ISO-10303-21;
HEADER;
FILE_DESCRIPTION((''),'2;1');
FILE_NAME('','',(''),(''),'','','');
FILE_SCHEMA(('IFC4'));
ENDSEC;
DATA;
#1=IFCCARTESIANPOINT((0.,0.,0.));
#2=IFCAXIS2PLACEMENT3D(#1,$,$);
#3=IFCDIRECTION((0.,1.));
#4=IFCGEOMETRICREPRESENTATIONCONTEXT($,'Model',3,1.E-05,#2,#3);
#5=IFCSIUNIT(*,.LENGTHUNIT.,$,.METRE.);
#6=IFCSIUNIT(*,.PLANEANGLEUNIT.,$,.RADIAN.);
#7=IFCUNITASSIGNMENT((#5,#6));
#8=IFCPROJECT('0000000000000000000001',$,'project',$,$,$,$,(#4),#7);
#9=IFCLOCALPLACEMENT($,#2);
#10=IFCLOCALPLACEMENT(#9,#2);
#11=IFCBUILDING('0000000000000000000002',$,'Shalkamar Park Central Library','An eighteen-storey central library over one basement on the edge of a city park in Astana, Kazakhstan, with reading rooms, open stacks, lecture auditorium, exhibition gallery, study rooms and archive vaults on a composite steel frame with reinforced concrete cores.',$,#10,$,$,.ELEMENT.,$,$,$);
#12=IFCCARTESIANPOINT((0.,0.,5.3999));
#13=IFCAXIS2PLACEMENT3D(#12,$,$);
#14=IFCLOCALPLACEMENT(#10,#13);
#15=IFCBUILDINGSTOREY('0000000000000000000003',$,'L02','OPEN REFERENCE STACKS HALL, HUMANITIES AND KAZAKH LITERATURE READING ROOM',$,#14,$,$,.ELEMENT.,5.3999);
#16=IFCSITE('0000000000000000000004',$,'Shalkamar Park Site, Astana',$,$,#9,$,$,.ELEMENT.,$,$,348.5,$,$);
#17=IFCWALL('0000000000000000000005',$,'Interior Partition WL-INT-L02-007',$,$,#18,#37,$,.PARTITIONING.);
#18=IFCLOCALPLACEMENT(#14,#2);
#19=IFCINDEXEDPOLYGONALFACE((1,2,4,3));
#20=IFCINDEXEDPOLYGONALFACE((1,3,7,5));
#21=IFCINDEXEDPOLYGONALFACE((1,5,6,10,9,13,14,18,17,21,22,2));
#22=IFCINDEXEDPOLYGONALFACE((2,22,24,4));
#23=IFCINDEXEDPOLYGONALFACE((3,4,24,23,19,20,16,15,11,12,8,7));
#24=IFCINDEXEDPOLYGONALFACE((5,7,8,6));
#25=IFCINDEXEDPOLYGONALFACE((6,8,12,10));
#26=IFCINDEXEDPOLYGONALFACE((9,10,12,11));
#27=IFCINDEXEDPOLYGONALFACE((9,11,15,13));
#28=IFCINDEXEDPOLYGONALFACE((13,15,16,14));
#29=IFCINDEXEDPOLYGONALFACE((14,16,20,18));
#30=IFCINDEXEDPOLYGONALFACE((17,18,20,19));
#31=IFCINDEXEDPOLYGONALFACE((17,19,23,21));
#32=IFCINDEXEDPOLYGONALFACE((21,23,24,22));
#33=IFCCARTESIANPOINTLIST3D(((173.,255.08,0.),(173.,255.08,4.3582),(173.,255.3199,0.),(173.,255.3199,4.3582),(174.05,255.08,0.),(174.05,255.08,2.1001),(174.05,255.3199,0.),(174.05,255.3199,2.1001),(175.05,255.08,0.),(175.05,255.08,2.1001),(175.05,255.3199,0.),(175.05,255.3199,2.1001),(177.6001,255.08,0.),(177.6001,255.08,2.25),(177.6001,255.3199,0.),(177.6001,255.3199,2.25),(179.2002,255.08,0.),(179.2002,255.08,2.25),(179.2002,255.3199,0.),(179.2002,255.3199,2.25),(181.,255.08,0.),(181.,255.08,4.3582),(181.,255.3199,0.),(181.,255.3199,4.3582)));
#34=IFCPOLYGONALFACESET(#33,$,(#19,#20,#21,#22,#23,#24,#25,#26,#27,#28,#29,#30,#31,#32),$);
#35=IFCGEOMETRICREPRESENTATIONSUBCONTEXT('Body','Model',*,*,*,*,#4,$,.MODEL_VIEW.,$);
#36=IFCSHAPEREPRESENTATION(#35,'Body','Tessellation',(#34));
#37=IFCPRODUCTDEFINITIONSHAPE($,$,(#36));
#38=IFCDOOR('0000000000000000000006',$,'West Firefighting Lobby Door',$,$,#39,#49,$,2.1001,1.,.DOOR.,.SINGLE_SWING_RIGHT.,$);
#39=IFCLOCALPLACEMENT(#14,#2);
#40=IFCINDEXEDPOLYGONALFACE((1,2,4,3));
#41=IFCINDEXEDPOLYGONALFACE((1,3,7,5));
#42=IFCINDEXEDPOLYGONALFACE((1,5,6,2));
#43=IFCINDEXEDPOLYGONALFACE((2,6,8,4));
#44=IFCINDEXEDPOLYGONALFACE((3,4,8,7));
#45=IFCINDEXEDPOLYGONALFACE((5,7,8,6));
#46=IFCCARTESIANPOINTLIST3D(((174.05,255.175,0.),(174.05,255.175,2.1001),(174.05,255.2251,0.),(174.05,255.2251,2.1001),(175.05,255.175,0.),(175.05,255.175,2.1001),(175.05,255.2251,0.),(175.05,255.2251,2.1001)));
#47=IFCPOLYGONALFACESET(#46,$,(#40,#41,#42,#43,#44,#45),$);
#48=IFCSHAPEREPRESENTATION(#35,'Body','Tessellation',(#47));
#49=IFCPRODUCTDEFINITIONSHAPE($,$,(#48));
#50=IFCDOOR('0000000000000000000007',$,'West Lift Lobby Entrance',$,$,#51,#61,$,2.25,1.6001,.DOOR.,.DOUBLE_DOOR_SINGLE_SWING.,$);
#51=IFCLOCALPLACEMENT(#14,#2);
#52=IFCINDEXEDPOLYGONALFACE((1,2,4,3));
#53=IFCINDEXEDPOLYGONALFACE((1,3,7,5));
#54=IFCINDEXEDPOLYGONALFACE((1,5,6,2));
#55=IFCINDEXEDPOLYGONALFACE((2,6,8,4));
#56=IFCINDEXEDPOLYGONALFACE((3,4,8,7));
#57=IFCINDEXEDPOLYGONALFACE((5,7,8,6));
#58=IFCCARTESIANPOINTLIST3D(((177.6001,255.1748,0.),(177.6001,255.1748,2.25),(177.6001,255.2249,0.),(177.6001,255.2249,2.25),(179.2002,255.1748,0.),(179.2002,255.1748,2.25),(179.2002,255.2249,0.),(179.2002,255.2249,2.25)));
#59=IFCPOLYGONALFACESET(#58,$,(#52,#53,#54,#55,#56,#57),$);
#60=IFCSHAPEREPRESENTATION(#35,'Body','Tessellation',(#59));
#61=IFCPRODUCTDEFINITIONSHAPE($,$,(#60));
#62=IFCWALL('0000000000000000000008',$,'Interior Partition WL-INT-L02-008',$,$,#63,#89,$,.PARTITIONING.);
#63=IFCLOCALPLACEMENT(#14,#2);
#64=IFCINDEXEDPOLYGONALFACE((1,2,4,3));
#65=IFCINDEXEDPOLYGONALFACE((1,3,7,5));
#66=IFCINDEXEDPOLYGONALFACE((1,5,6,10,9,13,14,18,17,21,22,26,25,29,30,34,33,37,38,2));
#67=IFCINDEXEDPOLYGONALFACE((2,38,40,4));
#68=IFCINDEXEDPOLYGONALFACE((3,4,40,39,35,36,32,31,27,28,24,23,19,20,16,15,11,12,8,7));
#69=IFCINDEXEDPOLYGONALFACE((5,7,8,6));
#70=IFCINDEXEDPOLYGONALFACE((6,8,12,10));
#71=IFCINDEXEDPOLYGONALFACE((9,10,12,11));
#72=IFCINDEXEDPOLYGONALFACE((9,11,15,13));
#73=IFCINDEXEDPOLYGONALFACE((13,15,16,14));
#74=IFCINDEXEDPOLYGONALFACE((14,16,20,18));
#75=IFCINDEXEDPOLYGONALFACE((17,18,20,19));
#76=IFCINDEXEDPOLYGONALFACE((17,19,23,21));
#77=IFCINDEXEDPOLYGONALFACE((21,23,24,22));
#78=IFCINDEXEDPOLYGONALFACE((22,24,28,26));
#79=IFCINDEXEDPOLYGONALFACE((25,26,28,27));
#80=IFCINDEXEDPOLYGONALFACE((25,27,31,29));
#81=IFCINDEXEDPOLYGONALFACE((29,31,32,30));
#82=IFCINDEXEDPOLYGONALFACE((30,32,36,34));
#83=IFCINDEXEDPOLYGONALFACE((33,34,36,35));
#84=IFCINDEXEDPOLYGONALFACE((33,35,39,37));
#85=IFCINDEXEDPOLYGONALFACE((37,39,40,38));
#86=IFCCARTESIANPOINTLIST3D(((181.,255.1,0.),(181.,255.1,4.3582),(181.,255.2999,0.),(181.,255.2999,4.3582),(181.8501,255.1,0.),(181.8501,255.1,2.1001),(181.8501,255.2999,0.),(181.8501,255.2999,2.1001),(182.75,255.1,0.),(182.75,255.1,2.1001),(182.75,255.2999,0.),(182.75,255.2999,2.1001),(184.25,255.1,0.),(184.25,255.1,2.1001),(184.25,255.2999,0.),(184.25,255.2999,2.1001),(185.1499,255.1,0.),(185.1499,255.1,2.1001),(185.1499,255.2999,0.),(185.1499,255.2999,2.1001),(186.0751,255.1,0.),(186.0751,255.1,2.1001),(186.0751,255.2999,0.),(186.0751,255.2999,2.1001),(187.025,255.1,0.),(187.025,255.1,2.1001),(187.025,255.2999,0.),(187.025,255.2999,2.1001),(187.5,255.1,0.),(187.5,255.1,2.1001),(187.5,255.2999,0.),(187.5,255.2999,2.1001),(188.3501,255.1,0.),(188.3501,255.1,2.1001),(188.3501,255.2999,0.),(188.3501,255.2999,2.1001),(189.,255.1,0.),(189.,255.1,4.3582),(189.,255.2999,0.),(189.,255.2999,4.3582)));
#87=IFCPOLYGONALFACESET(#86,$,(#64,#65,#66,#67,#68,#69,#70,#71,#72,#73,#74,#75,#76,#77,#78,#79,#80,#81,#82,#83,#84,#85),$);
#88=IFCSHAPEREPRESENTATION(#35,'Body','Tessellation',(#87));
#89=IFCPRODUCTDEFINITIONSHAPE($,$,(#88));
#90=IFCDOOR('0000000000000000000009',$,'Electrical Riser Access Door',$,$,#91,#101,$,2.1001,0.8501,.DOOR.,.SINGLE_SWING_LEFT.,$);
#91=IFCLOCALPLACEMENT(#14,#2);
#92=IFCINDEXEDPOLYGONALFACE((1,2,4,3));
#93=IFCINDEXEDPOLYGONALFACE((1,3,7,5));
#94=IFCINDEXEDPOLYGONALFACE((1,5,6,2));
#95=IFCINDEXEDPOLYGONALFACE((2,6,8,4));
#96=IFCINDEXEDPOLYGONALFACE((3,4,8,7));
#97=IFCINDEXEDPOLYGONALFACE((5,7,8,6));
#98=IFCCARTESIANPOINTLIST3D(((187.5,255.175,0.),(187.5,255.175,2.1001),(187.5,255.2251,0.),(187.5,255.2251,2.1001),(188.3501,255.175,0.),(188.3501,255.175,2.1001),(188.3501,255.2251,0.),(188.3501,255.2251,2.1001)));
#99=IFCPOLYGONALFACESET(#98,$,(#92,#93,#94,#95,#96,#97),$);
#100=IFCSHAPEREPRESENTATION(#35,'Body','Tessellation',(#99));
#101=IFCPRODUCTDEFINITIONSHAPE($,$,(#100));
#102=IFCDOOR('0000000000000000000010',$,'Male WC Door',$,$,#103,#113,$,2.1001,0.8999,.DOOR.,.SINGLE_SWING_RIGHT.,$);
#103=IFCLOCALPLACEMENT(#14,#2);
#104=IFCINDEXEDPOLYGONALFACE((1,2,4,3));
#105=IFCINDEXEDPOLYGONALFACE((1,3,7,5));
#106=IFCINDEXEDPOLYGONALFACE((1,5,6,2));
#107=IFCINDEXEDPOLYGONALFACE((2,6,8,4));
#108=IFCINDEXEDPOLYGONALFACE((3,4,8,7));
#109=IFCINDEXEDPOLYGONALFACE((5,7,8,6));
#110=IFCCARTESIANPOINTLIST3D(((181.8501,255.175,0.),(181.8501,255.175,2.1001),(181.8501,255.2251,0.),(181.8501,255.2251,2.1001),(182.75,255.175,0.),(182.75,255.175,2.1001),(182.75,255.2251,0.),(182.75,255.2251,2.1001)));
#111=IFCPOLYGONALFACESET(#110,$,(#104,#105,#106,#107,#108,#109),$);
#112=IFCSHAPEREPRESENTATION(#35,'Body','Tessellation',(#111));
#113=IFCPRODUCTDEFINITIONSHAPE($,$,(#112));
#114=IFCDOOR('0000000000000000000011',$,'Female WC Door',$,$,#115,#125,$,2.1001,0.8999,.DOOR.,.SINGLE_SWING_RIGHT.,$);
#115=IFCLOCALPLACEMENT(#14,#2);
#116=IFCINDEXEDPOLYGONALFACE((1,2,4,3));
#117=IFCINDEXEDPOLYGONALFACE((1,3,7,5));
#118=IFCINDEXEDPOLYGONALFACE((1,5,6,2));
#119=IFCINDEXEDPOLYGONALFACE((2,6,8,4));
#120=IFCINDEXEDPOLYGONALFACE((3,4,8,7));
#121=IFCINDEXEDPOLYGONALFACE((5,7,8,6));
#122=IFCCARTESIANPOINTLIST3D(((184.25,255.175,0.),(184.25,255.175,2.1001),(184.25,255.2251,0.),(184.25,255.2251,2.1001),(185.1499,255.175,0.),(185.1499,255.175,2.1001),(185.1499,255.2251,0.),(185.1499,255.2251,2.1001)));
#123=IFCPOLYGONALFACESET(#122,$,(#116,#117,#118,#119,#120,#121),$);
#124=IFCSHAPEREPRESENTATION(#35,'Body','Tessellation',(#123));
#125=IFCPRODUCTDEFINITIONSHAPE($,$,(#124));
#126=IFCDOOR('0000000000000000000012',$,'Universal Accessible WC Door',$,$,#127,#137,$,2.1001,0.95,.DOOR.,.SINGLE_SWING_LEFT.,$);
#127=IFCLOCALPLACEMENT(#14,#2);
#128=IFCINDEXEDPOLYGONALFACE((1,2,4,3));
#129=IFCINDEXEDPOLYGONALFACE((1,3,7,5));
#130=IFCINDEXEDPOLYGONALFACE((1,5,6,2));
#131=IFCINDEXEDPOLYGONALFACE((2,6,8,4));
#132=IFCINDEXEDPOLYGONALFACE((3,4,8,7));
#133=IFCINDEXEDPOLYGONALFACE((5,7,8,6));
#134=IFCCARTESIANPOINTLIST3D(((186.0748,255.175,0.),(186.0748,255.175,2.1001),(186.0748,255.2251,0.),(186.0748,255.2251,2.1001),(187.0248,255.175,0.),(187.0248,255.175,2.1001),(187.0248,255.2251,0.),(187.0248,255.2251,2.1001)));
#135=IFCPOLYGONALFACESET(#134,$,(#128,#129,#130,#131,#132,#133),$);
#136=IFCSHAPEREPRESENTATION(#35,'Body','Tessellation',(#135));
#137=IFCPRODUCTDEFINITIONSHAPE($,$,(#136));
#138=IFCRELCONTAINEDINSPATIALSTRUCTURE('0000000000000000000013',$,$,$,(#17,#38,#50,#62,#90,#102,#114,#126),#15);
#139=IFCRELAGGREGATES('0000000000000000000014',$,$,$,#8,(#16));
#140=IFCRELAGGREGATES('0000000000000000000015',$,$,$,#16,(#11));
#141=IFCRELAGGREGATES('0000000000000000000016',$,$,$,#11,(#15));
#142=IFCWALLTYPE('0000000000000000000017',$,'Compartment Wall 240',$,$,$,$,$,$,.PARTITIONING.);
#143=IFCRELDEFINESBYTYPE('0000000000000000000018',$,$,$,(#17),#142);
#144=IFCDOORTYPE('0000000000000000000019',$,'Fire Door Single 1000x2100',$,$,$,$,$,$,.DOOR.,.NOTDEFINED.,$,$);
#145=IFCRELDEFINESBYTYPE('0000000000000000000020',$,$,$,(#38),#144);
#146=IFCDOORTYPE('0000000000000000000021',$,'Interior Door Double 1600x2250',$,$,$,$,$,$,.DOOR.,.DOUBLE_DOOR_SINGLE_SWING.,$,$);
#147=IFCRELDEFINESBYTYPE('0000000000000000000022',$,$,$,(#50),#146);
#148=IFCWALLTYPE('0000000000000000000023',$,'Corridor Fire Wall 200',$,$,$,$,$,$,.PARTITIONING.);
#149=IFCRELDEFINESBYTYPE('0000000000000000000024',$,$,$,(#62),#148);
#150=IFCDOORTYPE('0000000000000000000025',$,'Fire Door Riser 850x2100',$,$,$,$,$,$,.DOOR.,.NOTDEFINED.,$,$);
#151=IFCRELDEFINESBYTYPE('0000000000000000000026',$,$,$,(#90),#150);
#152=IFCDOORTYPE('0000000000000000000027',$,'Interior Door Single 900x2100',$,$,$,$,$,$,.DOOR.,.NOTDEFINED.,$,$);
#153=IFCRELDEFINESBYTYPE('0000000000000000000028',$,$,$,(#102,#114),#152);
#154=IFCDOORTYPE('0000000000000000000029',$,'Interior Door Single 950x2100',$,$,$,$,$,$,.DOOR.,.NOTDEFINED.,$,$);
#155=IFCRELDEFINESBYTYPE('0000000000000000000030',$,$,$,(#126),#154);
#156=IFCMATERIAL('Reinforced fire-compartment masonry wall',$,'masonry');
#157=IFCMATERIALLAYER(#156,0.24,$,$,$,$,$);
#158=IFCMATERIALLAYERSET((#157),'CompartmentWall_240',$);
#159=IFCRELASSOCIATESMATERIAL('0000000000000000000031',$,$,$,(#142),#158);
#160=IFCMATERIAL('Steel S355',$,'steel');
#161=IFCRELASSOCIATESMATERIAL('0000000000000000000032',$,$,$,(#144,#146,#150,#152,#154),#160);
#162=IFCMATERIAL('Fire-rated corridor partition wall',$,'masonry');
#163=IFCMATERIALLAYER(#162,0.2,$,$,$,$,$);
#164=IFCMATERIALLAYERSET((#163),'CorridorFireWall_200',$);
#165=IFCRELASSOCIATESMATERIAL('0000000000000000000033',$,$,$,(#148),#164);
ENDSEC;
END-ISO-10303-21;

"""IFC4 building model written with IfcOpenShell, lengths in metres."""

from ifc_helpers import new_model, si_unit, direction, frame, frame_2d, origin, place, context, subcontext, project, spatial, rectangle, extrude, material, layer, layer_set, type_object, element, fill, save


model = new_model("IFC4")

# Units and contexts
model_context = context("Model", 3, precision=1e-05, world=origin(), true_north=direction((0.0, 1.0)))
body_context = subcontext(model_context, "Body", "Model", "MODEL_VIEW")
ifc_project = project(units=[si_unit("LENGTHUNIT", "METRE"), si_unit("PLANEANGLEUNIT", "RADIAN")], contexts=[model_context])

# Site, building, storey
site_placement = place(None, origin())
site = spatial("IfcSite", under=ifc_project, at=site_placement, Name="Shalkamar Park Site, Astana", CompositionType="ELEMENT", RefElevation=348.5)
building_placement = place(site_placement, origin())
building = spatial("IfcBuilding", under=site, at=building_placement, Name="Shalkamar Park Central Library", Description="An eighteen-storey central library over one basement on the edge of a city park in Astana, Kazakhstan, with reading rooms, open stacks, lecture auditorium, exhibition gallery, study rooms and archive vaults on a composite steel frame with reinforced concrete cores.", CompositionType="ELEMENT")
storey_placement = place(building_placement, frame((0.0, 0.0, 5.3999)))
storey = spatial("IfcBuildingStorey", under=building, at=storey_placement, Name="L02", Description="OPEN REFERENCE STACKS HALL, HUMANITIES AND KAZAKH LITERATURE READING ROOM", CompositionType="ELEMENT", Elevation=5.3999)

# Shared definitions
ifc_material_1 = material(Name="Steel S355", Category="steel")

# Walls, openings, doors
ifc_material_2 = material(Name="Reinforced fire-compartment masonry wall", Category="masonry")
ifc_layer_1 = layer(ifc_material_2, 0.24)
ifc_layer_set_1 = layer_set([ifc_layer_1], Name="CompartmentWall_240")
wall_type_1 = type_object("IfcWallType", Name="Compartment Wall 240", PredefinedType="PARTITIONING", material=ifc_layer_set_1)
wall_1_placement = place(storey_placement, frame((173.0, 255.2, 0.0), z_axis=(0.0, 0.0, 1.0), x_axis=(1.0, 0.0, 0.0)))
wall_1 = element("IfcWall", 1, at=wall_1_placement, inside=storey, type_object=wall_type_1, Name="Interior Partition WL-INT-L02-007", PredefinedType="PARTITIONING", context=body_context, shape_type="SweptSolid", body=[
    extrude(rectangle(XDim=8.0, YDim=0.24, at=frame_2d((4.0, 0.0))), origin(), (0.0, 0.0, 1.0), 4.3582),
])
opening_1_placement = place(wall_1_placement, frame((1.05, 0.0, 0.0)))
opening_1 = element("IfcOpeningElement", 2, at=opening_1_placement, cuts=wall_1, PredefinedType="OPENING", context=body_context, shape_type="SweptSolid", body=[
    extrude(rectangle(XDim=1.0, YDim=2.1001, at=frame_2d((0.5, 1.05))), frame((0.0, 0.1348, 0.0), z_axis=(0.0, -1.0, 0.0), x_axis=(1.0, 0.0, 0.0)), (0.0, 0.0, 1.0), 0.2698),
])
opening_2_placement = place(wall_1_placement, frame((4.6001, 0.0, 0.0)))
opening_2 = element("IfcOpeningElement", 3, at=opening_2_placement, cuts=wall_1, PredefinedType="OPENING", context=body_context, shape_type="SweptSolid", body=[
    extrude(rectangle(XDim=1.6001, YDim=2.25, at=frame_2d((0.8, 1.125))), frame((0.0, 0.1348, 0.0), z_axis=(0.0, -1.0, 0.0), x_axis=(1.0, 0.0, 0.0)), (0.0, 0.0, 1.0), 0.2698),
])
door_type_1 = type_object("IfcDoorType", Name="Fire Door Single 1000x2100", OperationType="NOTDEFINED", PredefinedType="DOOR", material=ifc_material_1)
door_1_placement = place(opening_1_placement, frame((1.0, 0.0, 0.0), z_axis=(0.0, 0.0, 1.0), x_axis=(-1.0, 0.0, 0.0)))
door_1 = element("IfcDoor", 4, at=door_1_placement, inside=storey, type_object=door_type_1, Name="West Firefighting Lobby Door", OperationType="SINGLE_SWING_RIGHT", OverallHeight=2.1001, OverallWidth=1.0, PredefinedType="DOOR", context=body_context, shape_type="SweptSolid", body=[
    extrude(rectangle(XDim=1.0, YDim=2.1001, at=frame_2d((0.5, 1.05))), frame((0.0, 0.0249, 0.0), z_axis=(0.0, -1.0, 0.0), x_axis=(1.0, 0.0, 0.0)), (0.0, 0.0, 1.0), 0.05),
])
fill(opening_1, door_1)
door_type_2 = type_object("IfcDoorType", Name="Interior Door Double 1600x2250", OperationType="DOUBLE_DOOR_SINGLE_SWING", PredefinedType="DOOR", material=ifc_material_1)
door_2_placement = place(opening_2_placement, origin())
door_2 = element("IfcDoor", 5, at=door_2_placement, inside=storey, type_object=door_type_2, Name="West Lift Lobby Entrance", OperationType="DOUBLE_DOOR_SINGLE_SWING", OverallHeight=2.25, OverallWidth=1.6001, PredefinedType="DOOR", context=body_context, shape_type="SweptSolid", body=[
    extrude(rectangle(XDim=1.6001, YDim=2.25, at=frame_2d((0.8, 1.125))), frame((0.0, 0.0249, 0.0), z_axis=(0.0, -1.0, 0.0), x_axis=(1.0, 0.0, 0.0)), (0.0, 0.0, 1.0), 0.05),
])
fill(opening_2, door_2)
ifc_material_3 = material(Name="Fire-rated corridor partition wall", Category="masonry")
ifc_layer_2 = layer(ifc_material_3, 0.2)
ifc_layer_set_2 = layer_set([ifc_layer_2], Name="CorridorFireWall_200")
wall_type_2 = type_object("IfcWallType", Name="Corridor Fire Wall 200", PredefinedType="PARTITIONING", material=ifc_layer_set_2)
wall_2_placement = place(storey_placement, frame((181.0, 255.2, 0.0), z_axis=(0.0, 0.0, 1.0), x_axis=(1.0, 0.0, 0.0)))
wall_2 = element("IfcWall", 6, at=wall_2_placement, inside=storey, type_object=wall_type_2, Name="Interior Partition WL-INT-L02-008", PredefinedType="PARTITIONING", context=body_context, shape_type="SweptSolid", body=[
    extrude(rectangle(XDim=8.0, YDim=0.2, at=frame_2d((4.0, 0.0))), origin(), (0.0, 0.0, 1.0), 4.3582),
])
opening_3_placement = place(wall_2_placement, frame((0.8501, 0.0, 0.0)))
opening_3 = element("IfcOpeningElement", 7, at=opening_3_placement, cuts=wall_2, PredefinedType="OPENING", context=body_context, shape_type="SweptSolid", body=[
    extrude(rectangle(XDim=0.8999, YDim=2.1001, at=frame_2d((0.45, 1.05))), frame((0.0, 0.1147, 0.0), z_axis=(0.0, -1.0, 0.0), x_axis=(1.0, 0.0, 0.0)), (0.0, 0.0, 1.0), 0.2297),
])
opening_4_placement = place(wall_2_placement, frame((3.25, 0.0, 0.0)))
opening_4 = element("IfcOpeningElement", 8, at=opening_4_placement, cuts=wall_2, PredefinedType="OPENING", context=body_context, shape_type="SweptSolid", body=[
    extrude(rectangle(XDim=0.8999, YDim=2.1001, at=frame_2d((0.45, 1.05))), frame((0.0, 0.1147, 0.0), z_axis=(0.0, -1.0, 0.0), x_axis=(1.0, 0.0, 0.0)), (0.0, 0.0, 1.0), 0.2297),
])
opening_5_placement = place(wall_2_placement, frame((5.075, 0.0, 0.0)))
opening_5 = element("IfcOpeningElement", 9, at=opening_5_placement, cuts=wall_2, PredefinedType="OPENING", context=body_context, shape_type="SweptSolid", body=[
    extrude(rectangle(XDim=0.95, YDim=2.1001, at=frame_2d((0.4751, 1.05))), frame((0.0, 0.1147, 0.0), z_axis=(0.0, -1.0, 0.0), x_axis=(1.0, 0.0, 0.0)), (0.0, 0.0, 1.0), 0.2297),
])
opening_6_placement = place(wall_2_placement, frame((6.5, 0.0, 0.0)))
opening_6 = element("IfcOpeningElement", 10, at=opening_6_placement, cuts=wall_2, PredefinedType="OPENING", context=body_context, shape_type="SweptSolid", body=[
    extrude(rectangle(XDim=0.8501, YDim=2.1001, at=frame_2d((0.425, 1.05))), frame((0.0, 0.1147, 0.0), z_axis=(0.0, -1.0, 0.0), x_axis=(1.0, 0.0, 0.0)), (0.0, 0.0, 1.0), 0.2297),
])
door_type_3 = type_object("IfcDoorType", Name="Fire Door Riser 850x2100", OperationType="NOTDEFINED", PredefinedType="DOOR", material=ifc_material_1)
door_3_placement = place(opening_6_placement, frame((0.8501, 0.0, 0.0), z_axis=(0.0, 0.0, 1.0), x_axis=(-1.0, 0.0, 0.0)))
door_3 = element("IfcDoor", 11, at=door_3_placement, inside=storey, type_object=door_type_3, Name="Electrical Riser Access Door", OperationType="SINGLE_SWING_LEFT", OverallHeight=2.1001, OverallWidth=0.8501, PredefinedType="DOOR", context=body_context, shape_type="SweptSolid", body=[
    extrude(rectangle(XDim=0.8501, YDim=2.1001, at=frame_2d((0.425, 1.05))), frame((0.0, 0.0249, 0.0), z_axis=(0.0, -1.0, 0.0), x_axis=(1.0, 0.0, 0.0)), (0.0, 0.0, 1.0), 0.05),
])
fill(opening_6, door_3)
door_type_4 = type_object("IfcDoorType", Name="Interior Door Single 900x2100", OperationType="NOTDEFINED", PredefinedType="DOOR", material=ifc_material_1)
door_4_placement = place(opening_3_placement, frame((0.8999, 0.0, 0.0), z_axis=(0.0, 0.0, 1.0), x_axis=(-1.0, 0.0, 0.0)))
door_4 = element("IfcDoor", 12, at=door_4_placement, inside=storey, type_object=door_type_4, Name="Male WC Door", OperationType="SINGLE_SWING_RIGHT", OverallHeight=2.1001, OverallWidth=0.8999, PredefinedType="DOOR", context=body_context, shape_type="SweptSolid", body=[
    extrude(rectangle(XDim=0.8999, YDim=2.1001, at=frame_2d((0.45, 1.05))), frame((0.0, 0.0249, 0.0), z_axis=(0.0, -1.0, 0.0), x_axis=(1.0, 0.0, 0.0)), (0.0, 0.0, 1.0), 0.05),
])
fill(opening_3, door_4)
door_5_placement = place(opening_4_placement, frame((0.8999, 0.0, 0.0), z_axis=(0.0, 0.0, 1.0), x_axis=(-1.0, 0.0, 0.0)))
door_5 = element("IfcDoor", 13, at=door_5_placement, inside=storey, type_object=door_type_4, Name="Female WC Door", OperationType="SINGLE_SWING_RIGHT", OverallHeight=2.1001, OverallWidth=0.8999, PredefinedType="DOOR", context=body_context, shape_type="SweptSolid", body=[
    extrude(rectangle(XDim=0.8999, YDim=2.1001, at=frame_2d((0.45, 1.05))), frame((0.0, 0.0249, 0.0), z_axis=(0.0, -1.0, 0.0), x_axis=(1.0, 0.0, 0.0)), (0.0, 0.0, 1.0), 0.05),
])
fill(opening_4, door_5)
door_type_5 = type_object("IfcDoorType", Name="Interior Door Single 950x2100", OperationType="NOTDEFINED", PredefinedType="DOOR", material=ifc_material_1)
door_6_placement = place(opening_5_placement, frame((0.95, 0.0, 0.0), z_axis=(0.0, 0.0, 1.0), x_axis=(-1.0, 0.0, 0.0)))
door_6 = element("IfcDoor", 14, at=door_6_placement, inside=storey, type_object=door_type_5, Name="Universal Accessible WC Door", OperationType="SINGLE_SWING_LEFT", OverallHeight=2.1001, OverallWidth=0.95, PredefinedType="DOOR", context=body_context, shape_type="SweptSolid", body=[
    extrude(rectangle(XDim=0.95, YDim=2.1001, at=frame_2d((0.4751, 1.05))), frame((0.0, 0.0249, 0.0), z_axis=(0.0, -1.0, 0.0), x_axis=(1.0, 0.0, 0.0)), (0.0, 0.0, 1.0), 0.05),
])
fill(opening_5, door_6)

save(model, "model.ifc")
